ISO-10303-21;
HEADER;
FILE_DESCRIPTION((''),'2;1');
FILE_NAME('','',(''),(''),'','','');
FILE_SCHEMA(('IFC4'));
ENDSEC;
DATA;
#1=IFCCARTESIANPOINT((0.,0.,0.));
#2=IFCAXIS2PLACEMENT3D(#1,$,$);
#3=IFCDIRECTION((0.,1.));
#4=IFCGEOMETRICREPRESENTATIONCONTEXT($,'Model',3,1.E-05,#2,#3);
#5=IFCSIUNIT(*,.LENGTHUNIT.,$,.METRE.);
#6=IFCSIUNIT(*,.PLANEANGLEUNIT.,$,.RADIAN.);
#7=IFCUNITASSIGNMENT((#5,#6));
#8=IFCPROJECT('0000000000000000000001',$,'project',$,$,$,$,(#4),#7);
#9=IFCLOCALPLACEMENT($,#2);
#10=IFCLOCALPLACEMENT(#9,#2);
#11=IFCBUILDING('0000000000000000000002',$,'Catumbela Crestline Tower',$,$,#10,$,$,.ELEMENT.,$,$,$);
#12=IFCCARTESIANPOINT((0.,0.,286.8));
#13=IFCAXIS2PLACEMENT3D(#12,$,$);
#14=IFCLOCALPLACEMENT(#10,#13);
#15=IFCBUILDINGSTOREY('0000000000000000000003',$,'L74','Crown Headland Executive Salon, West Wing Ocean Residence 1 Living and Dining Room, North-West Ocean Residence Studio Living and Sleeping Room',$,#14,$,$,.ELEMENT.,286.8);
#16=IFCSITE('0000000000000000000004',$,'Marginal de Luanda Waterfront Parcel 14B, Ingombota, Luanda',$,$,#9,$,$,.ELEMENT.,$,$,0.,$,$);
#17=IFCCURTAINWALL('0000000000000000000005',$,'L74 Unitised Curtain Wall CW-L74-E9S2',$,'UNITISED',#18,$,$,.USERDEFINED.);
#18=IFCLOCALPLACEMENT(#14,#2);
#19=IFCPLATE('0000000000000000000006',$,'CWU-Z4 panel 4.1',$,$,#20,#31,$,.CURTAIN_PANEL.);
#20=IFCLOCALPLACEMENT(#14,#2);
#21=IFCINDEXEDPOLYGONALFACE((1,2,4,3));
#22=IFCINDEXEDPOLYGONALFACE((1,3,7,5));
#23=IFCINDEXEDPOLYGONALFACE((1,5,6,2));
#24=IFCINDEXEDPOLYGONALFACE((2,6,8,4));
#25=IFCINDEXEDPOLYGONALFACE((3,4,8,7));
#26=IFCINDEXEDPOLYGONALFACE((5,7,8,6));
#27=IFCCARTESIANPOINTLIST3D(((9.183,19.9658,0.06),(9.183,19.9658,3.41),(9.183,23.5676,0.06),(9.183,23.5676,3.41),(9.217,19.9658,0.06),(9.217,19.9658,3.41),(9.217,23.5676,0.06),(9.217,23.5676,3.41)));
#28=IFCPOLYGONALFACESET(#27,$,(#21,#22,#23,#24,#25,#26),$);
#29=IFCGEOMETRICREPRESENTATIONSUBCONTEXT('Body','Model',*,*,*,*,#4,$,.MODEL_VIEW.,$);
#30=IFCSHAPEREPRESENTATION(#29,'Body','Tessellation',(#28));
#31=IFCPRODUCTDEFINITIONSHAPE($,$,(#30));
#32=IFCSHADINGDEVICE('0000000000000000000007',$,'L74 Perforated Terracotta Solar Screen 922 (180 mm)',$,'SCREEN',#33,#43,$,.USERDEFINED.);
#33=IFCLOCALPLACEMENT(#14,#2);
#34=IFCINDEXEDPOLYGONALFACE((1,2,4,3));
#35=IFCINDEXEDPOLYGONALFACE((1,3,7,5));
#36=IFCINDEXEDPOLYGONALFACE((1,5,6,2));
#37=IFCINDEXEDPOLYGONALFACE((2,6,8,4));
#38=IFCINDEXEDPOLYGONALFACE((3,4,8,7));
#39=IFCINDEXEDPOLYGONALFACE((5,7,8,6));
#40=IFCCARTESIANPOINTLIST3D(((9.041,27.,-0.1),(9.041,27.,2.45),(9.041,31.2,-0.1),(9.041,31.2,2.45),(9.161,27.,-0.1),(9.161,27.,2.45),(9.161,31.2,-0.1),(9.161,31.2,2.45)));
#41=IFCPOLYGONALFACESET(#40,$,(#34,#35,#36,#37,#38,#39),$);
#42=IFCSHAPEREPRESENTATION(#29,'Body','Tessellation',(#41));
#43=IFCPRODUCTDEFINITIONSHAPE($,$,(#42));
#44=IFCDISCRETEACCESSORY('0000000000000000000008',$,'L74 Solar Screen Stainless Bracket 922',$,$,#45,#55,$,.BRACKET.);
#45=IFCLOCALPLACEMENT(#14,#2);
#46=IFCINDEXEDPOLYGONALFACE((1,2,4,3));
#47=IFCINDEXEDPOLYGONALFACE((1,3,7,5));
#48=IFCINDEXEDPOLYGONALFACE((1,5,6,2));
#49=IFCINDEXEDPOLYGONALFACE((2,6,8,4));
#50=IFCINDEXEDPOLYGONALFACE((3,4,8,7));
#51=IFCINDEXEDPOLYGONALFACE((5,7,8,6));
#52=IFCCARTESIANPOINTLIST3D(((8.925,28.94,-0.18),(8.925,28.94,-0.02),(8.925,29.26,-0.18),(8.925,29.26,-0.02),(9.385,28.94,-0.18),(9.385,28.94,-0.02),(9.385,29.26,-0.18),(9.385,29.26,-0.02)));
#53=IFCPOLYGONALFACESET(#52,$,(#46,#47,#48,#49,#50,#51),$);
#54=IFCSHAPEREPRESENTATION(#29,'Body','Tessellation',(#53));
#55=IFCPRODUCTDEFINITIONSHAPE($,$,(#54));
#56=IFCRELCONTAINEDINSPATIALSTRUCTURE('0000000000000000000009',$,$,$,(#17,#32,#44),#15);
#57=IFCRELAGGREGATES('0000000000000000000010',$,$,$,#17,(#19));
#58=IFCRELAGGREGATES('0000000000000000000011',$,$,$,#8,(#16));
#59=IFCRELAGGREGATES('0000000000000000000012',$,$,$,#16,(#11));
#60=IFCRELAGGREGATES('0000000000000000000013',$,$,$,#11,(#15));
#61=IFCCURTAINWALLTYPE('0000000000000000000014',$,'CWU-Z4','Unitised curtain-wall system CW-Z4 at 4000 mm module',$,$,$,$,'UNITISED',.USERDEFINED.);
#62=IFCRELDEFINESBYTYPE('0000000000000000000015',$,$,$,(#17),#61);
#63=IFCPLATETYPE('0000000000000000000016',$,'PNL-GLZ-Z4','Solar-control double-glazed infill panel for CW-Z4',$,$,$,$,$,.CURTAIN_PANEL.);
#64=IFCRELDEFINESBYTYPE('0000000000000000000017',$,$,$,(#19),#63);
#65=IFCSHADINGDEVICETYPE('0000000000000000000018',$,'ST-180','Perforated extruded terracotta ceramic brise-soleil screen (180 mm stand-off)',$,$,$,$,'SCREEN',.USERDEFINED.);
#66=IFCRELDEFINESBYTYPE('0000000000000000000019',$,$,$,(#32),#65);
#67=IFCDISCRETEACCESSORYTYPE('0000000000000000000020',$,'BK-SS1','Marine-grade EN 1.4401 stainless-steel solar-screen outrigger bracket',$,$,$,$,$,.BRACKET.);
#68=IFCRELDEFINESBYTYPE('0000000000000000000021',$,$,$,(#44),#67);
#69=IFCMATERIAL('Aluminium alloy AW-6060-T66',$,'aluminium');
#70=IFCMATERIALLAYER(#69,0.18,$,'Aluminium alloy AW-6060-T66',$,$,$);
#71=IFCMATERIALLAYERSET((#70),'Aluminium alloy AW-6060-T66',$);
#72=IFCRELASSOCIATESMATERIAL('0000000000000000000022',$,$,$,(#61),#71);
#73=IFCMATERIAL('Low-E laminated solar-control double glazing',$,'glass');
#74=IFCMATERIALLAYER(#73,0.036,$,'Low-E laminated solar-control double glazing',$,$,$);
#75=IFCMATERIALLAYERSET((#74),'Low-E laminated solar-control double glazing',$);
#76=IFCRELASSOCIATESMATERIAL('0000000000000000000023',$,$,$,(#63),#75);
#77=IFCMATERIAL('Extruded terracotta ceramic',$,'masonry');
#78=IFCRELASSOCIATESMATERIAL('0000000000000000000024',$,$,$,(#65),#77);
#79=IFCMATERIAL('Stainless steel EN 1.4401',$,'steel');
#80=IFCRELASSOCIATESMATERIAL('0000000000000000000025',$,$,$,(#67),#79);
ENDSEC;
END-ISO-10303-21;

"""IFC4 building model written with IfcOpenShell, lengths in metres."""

from ifc_helpers import new_model, si_unit, direction, frame, origin, origin_2d, place, context, subcontext, project, spatial, rectangle, extrude, material, layer, layer_set, type_object, element, aggregate, save


model = new_model("IFC4")

# Units and contexts
model_context = context("Model", 3, precision=1e-05, world=origin(), true_north=direction((0.0, 1.0)))
body_context = subcontext(model_context, "Body", "Model", "MODEL_VIEW")
ifc_project = project(units=[si_unit("LENGTHUNIT", "METRE"), si_unit("PLANEANGLEUNIT", "RADIAN")], contexts=[model_context])

# Site, building, storey
site_placement = place(None, origin())
site = spatial("IfcSite", under=ifc_project, at=site_placement, Name="Marginal de Luanda Waterfront Parcel 14B, Ingombota, Luanda", CompositionType="ELEMENT", RefElevation=0.0)
building_placement = place(site_placement, origin())
building = spatial("IfcBuilding", under=site, at=building_placement, Name="Catumbela Crestline Tower", CompositionType="ELEMENT")
storey_placement = place(building_placement, frame((0.0, 0.0, 286.8)))
storey = spatial("IfcBuildingStorey", under=building, at=storey_placement, Name="L74", Description="Crown Headland Executive Salon, West Wing Ocean Residence 1 Living and Dining Room, North-West Ocean Residence Studio Living and Sleeping Room", CompositionType="ELEMENT", Elevation=286.8)

# Curtain wall, plate
ifc_material_1 = material(Name="Aluminium alloy AW-6060-T66", Category="aluminium")
ifc_layer_1 = layer(ifc_material_1, 0.18, Name="Aluminium alloy AW-6060-T66")
ifc_layer_set_1 = layer_set([ifc_layer_1], Name="Aluminium alloy AW-6060-T66")
curtain_wall_type = type_object("IfcCurtainWallType", Name="CWU-Z4", Description="Unitised curtain-wall system CW-Z4 at 4000 mm module", ElementType="UNITISED", PredefinedType="USERDEFINED", material=ifc_layer_set_1)
curtain_wall_placement = place(storey_placement, origin())
curtain_wall = element("IfcCurtainWall", 1, at=curtain_wall_placement, inside=storey, type_object=curtain_wall_type, Name="L74 Unitised Curtain Wall CW-L74-E9S2", ObjectType="UNITISED", PredefinedType="USERDEFINED")
ifc_material_2 = material(Name="Low-E laminated solar-control double glazing", Category="glass")
ifc_layer_2 = layer(ifc_material_2, 0.036, Name="Low-E laminated solar-control double glazing")
ifc_layer_set_2 = layer_set([ifc_layer_2], Name="Low-E laminated solar-control double glazing")
plate_type = type_object("IfcPlateType", Name="PNL-GLZ-Z4", Description="Solar-control double-glazed infill panel for CW-Z4", PredefinedType="CURTAIN_PANEL", material=ifc_layer_set_2)
plate_1_placement = place(storey_placement, frame((9.2, 21.7667, 0.06), z_axis=(0.0, 0.0, 1.0), x_axis=(0.0, -1.0, 0.0)))
plate_1 = element("IfcPlate", 2, at=plate_1_placement, type_object=plate_type, Name="CWU-Z4 panel 4.1", PredefinedType="CURTAIN_PANEL", context=body_context, shape_type="SweptSolid", body=[
    extrude(rectangle(XDim=3.6017, YDim=0.034, at=origin_2d()), origin(), (0.0, 0.0, 1.0), 3.35),
])
aggregate(curtain_wall, [plate_1])

# Shading device
ifc_material_3 = material(Name="Extruded terracotta ceramic", Category="masonry")
shading_device_type = type_object("IfcShadingDeviceType", Name="ST-180", Description="Perforated extruded terracotta ceramic brise-soleil screen (180 mm stand-off)", ElementType="SCREEN", PredefinedType="USERDEFINED", material=ifc_material_3)
shading_device_placement = place(storey_placement, frame((9.101, 29.1, -0.1), z_axis=(0.0, 0.0, 1.0), x_axis=(0.0, -1.0, 0.0)))
element("IfcShadingDevice", 3, at=shading_device_placement, inside=storey, type_object=shading_device_type, Name="L74 Perforated Terracotta Solar Screen 922 (180 mm)", ObjectType="SCREEN", PredefinedType="USERDEFINED", context=body_context, shape_type="SweptSolid", body=[
    extrude(rectangle(XDim=4.2, YDim=0.12, at=origin_2d()), origin(), (0.0, 0.0, 1.0), 2.55),
])

# Discrete accessory
ifc_material_4 = material(Name="Stainless steel EN 1.4401", Category="steel")
discrete_accessory_type = type_object("IfcDiscreteAccessoryType", Name="BK-SS1", Description="Marine-grade EN 1.4401 stainless-steel solar-screen outrigger bracket", PredefinedType="BRACKET", material=ifc_material_4)
discrete_accessory_placement = place(storey_placement, frame((9.155, 29.1, -0.18), z_axis=(0.0, 0.0, 1.0), x_axis=(0.0, -1.0, 0.0)))
element("IfcDiscreteAccessory", 4, at=discrete_accessory_placement, inside=storey, type_object=discrete_accessory_type, Name="L74 Solar Screen Stainless Bracket 922", PredefinedType="BRACKET", context=body_context, shape_type="SweptSolid", body=[
    extrude(rectangle(XDim=0.32, YDim=0.46, at=origin_2d()), origin(), (0.0, 0.0, 1.0), 0.16),
])

save(model, "model.ifc")
